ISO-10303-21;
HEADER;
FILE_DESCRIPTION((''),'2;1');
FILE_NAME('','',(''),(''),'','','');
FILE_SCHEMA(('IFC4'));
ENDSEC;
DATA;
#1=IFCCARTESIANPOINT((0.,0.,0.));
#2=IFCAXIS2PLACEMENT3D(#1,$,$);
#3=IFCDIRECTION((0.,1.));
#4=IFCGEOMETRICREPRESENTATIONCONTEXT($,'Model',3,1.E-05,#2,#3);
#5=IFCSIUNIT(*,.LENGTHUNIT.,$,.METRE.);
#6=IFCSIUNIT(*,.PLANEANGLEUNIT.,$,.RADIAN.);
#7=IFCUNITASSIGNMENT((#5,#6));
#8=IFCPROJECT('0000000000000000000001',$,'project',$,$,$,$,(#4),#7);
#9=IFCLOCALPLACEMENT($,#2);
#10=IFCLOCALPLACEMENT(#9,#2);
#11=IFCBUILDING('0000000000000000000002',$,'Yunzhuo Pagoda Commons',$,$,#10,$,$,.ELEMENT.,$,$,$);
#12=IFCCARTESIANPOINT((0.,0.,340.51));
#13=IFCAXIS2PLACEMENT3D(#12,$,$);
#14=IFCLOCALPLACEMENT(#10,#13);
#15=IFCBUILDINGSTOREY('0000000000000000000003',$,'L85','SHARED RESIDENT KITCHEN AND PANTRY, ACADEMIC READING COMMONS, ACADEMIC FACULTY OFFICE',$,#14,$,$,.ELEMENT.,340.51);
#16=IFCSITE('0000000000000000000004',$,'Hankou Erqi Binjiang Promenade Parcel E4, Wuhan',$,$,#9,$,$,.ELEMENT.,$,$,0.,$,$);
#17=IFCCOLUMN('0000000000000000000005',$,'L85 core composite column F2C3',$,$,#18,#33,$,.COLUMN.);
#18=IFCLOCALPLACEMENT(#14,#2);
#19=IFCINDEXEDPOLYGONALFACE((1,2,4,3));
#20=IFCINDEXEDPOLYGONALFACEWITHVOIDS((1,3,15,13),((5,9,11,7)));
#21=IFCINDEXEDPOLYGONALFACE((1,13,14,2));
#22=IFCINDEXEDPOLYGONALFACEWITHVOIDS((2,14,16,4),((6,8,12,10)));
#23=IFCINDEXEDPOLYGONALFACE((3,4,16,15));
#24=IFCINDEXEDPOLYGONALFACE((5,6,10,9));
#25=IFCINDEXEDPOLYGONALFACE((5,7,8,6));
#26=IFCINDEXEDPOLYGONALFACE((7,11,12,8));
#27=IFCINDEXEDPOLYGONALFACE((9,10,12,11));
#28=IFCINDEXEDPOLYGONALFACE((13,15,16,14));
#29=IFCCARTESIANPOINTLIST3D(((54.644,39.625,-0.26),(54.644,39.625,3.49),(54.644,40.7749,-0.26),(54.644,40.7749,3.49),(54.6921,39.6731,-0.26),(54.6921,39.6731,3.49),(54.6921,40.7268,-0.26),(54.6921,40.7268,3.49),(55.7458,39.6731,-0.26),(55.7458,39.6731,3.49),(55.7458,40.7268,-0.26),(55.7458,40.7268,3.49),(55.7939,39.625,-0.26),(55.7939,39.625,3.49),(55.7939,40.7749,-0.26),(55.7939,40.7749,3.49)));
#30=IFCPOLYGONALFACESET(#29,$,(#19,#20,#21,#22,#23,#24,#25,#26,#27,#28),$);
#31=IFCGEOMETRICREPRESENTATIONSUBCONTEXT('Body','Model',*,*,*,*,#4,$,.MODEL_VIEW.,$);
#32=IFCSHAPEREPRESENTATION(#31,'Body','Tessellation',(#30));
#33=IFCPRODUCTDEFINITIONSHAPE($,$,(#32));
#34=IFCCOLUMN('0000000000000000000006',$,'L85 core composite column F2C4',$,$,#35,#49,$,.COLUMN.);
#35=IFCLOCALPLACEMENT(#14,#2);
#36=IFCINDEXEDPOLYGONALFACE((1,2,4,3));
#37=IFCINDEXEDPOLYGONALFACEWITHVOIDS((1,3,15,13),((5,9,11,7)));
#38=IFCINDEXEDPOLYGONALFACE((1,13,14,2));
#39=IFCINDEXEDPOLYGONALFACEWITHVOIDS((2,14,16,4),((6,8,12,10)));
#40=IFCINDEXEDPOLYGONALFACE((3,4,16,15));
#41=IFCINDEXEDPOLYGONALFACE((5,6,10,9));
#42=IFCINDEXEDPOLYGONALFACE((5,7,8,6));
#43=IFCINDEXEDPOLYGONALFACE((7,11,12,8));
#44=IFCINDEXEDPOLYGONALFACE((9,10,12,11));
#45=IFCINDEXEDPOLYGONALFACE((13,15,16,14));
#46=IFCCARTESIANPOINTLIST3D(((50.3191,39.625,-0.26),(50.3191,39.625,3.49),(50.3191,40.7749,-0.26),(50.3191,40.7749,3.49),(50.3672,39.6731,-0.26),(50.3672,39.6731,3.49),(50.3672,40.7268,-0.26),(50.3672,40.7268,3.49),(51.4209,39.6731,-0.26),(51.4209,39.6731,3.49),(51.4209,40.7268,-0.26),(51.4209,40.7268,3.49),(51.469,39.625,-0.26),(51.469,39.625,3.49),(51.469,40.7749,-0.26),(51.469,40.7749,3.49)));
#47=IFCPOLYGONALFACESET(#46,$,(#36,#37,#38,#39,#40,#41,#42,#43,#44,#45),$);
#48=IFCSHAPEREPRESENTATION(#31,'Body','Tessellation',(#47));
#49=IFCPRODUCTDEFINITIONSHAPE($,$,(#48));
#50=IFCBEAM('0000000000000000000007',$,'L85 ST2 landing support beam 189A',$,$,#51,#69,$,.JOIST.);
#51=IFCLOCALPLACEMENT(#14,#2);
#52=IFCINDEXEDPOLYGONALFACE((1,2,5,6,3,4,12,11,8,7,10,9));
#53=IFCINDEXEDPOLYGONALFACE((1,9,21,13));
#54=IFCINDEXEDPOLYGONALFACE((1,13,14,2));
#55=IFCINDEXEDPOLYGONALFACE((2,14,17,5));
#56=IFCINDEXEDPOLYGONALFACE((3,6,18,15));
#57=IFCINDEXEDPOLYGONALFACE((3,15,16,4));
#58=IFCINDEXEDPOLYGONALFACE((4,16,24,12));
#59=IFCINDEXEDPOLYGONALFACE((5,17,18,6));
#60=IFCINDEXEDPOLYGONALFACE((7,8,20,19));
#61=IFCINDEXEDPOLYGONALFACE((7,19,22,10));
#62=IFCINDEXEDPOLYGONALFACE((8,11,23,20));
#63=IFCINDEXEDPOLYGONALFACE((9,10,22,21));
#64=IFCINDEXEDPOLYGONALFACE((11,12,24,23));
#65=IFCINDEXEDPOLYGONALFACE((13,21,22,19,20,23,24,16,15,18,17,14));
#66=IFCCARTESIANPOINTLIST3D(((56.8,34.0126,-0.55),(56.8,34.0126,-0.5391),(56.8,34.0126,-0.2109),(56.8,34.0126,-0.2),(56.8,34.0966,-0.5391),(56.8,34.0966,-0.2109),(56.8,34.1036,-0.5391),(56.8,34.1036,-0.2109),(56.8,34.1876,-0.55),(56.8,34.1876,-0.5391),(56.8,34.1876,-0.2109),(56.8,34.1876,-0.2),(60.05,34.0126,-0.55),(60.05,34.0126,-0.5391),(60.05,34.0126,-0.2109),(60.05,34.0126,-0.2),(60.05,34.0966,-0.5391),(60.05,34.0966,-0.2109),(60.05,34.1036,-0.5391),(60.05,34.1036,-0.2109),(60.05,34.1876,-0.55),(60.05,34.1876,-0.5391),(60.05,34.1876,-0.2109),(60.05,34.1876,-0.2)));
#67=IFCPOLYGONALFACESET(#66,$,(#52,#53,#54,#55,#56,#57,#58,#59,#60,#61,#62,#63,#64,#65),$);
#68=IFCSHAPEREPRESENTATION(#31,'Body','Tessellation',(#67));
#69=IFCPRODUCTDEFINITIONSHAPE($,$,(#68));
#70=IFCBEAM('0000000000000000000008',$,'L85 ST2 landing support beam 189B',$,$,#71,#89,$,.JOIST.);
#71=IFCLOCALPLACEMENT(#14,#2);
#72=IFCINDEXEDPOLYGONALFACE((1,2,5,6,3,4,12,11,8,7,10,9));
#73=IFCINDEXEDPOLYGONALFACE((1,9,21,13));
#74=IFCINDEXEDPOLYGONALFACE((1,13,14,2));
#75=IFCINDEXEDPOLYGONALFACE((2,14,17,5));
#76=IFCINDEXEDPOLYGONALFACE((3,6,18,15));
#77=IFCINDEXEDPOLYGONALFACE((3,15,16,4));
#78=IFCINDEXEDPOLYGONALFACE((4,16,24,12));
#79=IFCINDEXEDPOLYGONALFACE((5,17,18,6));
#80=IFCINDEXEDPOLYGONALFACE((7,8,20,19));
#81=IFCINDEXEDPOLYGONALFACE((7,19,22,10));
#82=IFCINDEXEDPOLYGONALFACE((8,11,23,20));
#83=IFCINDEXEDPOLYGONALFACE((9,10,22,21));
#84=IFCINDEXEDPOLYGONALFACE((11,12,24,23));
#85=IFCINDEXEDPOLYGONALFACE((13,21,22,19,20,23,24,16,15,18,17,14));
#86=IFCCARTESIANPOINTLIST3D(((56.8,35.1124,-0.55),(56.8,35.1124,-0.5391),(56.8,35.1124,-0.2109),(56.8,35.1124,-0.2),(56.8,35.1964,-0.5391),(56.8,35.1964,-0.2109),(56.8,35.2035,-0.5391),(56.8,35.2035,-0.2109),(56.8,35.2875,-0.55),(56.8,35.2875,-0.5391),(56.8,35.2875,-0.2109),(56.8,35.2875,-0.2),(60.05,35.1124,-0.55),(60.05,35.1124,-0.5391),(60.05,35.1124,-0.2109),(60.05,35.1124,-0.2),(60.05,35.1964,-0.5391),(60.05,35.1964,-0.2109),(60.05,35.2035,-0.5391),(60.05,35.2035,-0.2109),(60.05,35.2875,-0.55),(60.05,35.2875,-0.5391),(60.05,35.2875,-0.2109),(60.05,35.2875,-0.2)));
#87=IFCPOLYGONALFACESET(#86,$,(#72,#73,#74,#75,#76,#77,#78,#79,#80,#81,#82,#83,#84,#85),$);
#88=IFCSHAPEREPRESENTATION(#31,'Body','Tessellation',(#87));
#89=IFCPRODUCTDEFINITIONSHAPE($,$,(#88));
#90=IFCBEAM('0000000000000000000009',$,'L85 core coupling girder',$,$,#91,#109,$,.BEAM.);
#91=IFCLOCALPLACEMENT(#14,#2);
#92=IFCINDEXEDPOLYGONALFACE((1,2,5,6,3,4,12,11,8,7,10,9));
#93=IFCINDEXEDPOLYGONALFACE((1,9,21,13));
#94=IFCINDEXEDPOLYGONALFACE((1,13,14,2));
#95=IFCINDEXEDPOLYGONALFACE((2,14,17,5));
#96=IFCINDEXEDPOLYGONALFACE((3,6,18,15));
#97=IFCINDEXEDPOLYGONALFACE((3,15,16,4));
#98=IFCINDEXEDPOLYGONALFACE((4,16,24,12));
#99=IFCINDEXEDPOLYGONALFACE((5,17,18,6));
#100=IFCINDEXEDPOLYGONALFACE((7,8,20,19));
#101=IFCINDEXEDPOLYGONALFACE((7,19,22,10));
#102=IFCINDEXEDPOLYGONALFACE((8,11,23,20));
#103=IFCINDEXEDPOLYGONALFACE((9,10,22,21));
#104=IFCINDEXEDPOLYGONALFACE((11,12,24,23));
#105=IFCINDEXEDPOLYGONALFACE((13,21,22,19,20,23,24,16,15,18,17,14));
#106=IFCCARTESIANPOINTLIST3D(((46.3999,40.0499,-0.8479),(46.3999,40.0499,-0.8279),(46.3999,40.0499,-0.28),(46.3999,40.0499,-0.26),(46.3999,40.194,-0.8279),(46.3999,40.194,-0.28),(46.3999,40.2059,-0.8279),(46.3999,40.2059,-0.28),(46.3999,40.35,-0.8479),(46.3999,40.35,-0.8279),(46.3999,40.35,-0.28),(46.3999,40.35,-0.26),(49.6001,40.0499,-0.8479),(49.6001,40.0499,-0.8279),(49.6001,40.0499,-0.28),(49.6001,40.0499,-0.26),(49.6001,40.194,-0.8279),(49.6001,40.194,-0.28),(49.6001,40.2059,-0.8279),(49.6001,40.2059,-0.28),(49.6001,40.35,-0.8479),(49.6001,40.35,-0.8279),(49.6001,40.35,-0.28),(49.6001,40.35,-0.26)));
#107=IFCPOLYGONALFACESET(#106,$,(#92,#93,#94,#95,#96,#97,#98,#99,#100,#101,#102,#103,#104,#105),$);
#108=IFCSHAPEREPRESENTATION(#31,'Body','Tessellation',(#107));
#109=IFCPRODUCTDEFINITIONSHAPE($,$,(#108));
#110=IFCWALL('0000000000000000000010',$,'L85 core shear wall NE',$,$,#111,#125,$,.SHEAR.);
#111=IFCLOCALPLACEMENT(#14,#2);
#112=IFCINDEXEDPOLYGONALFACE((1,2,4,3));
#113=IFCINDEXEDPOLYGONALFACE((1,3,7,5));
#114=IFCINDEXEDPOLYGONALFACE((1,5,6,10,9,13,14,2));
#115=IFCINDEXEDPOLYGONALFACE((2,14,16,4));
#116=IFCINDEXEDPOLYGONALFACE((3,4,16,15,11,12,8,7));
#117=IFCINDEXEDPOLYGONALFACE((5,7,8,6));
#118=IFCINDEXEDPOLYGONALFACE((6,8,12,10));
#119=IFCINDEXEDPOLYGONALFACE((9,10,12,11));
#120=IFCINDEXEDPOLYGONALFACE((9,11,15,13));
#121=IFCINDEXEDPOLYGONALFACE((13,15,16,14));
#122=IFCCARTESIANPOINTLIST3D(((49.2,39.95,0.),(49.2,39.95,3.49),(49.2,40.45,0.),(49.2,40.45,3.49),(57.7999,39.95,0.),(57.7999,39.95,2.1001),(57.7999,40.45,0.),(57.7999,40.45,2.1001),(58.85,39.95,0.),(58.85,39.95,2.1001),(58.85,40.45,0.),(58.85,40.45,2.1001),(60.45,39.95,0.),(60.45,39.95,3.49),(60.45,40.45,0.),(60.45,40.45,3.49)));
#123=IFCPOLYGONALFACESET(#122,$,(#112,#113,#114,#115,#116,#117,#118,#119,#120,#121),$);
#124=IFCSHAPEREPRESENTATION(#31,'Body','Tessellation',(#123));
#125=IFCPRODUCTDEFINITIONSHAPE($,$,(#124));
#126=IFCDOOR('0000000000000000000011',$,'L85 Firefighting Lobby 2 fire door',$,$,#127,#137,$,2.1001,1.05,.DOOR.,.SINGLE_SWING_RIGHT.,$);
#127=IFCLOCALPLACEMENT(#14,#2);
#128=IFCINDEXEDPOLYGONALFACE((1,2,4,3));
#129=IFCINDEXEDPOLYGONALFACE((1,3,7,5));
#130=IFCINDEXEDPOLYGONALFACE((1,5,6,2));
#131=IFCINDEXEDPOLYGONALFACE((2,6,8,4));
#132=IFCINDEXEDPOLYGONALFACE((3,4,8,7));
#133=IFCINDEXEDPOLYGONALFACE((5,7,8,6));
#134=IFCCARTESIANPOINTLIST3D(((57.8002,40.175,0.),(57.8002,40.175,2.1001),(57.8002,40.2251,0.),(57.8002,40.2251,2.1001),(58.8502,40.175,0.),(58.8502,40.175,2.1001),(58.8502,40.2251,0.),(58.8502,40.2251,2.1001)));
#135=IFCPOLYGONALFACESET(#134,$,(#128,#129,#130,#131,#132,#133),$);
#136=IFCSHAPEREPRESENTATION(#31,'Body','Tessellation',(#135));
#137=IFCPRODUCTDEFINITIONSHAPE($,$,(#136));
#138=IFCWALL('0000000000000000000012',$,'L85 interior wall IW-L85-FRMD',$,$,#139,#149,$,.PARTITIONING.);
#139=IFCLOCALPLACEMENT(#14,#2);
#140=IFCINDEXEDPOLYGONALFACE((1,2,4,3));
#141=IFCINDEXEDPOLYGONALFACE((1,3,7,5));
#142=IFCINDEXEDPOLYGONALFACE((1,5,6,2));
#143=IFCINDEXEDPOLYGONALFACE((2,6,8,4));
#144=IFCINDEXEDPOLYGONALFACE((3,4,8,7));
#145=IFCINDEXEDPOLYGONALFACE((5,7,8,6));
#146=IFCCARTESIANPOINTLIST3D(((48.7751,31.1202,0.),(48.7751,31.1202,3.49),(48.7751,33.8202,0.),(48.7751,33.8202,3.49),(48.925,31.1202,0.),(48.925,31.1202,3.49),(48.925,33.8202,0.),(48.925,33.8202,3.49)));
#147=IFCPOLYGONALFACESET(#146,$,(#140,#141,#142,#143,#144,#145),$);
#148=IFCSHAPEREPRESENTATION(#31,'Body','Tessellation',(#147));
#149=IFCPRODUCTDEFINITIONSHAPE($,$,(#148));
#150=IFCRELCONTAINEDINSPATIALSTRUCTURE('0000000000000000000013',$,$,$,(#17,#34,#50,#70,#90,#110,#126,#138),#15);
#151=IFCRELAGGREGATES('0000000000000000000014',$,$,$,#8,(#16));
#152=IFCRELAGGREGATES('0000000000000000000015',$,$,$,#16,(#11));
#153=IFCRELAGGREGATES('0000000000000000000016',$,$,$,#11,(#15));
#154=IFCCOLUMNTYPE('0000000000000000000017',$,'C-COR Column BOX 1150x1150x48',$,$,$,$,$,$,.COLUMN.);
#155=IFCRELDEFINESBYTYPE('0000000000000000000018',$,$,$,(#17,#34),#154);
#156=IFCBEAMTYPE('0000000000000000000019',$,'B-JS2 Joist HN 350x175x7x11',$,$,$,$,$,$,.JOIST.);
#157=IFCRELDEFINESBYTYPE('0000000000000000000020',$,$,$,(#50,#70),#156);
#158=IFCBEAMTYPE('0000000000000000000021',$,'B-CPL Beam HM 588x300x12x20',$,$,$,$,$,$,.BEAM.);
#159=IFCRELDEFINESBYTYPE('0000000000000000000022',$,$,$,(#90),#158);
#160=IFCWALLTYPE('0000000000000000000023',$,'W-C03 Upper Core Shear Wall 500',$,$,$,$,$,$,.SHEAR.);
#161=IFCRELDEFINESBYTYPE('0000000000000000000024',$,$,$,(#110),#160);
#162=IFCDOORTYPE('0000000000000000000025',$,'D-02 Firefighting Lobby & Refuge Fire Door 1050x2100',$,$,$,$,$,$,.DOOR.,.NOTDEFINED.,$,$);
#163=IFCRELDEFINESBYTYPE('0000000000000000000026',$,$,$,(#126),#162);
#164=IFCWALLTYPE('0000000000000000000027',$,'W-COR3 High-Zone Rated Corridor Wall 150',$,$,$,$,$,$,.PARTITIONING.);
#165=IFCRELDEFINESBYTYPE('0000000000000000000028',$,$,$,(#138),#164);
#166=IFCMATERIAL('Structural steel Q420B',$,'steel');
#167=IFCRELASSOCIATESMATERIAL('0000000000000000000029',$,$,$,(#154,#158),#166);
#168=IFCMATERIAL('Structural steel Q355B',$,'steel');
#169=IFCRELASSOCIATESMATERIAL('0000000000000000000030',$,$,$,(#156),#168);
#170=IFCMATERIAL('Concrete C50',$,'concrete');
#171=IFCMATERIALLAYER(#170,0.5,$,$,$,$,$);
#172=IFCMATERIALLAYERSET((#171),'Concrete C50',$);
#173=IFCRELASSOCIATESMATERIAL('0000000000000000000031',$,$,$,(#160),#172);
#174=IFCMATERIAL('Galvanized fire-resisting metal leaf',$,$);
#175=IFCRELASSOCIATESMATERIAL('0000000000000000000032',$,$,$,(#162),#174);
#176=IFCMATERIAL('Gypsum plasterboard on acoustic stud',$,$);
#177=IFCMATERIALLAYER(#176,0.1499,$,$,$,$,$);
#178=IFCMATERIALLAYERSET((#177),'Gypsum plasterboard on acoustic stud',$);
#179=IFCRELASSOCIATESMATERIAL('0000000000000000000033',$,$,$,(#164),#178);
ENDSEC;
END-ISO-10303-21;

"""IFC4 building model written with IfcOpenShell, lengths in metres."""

from ifc_helpers import new_model, si_unit, direction, frame, frame_2d, origin, origin_2d, place, context, subcontext, project, spatial, rectangle, hollow_rectangle, i_section, extrude, source, transform, mapped, material, layer, layer_set, material_profile, profile_set, type_object, element, fill, save


model = new_model("IFC4")

# Units and contexts
model_context = context("Model", 3, precision=1e-05, world=origin(), true_north=direction((0.0, 1.0)))
body_context = subcontext(model_context, "Body", "Model", "MODEL_VIEW")
ifc_project = project(units=[si_unit("LENGTHUNIT", "METRE"), si_unit("PLANEANGLEUNIT", "RADIAN")], contexts=[model_context])

# Site, building, storey
site_placement = place(None, origin())
site = spatial("IfcSite", under=ifc_project, at=site_placement, Name="Hankou Erqi Binjiang Promenade Parcel E4, Wuhan", CompositionType="ELEMENT", RefElevation=0.0)
building_placement = place(site_placement, origin())
building = spatial("IfcBuilding", under=site, at=building_placement, Name="Yunzhuo Pagoda Commons", CompositionType="ELEMENT")
storey_placement = place(building_placement, frame((0.0, 0.0, 340.51)))
storey = spatial("IfcBuildingStorey", under=building, at=storey_placement, Name="L85", Description="SHARED RESIDENT KITCHEN AND PANTRY, ACADEMIC READING COMMONS, ACADEMIC FACULTY OFFICE", CompositionType="ELEMENT", Elevation=340.51)

# Columns
ifc_material_1 = material(Name="Structural steel Q420B", Category="steel")
ifc_material_profile_1 = material_profile(ifc_material_1, hollow_rectangle(XDim=1.1499, YDim=1.1499, WallThickness=0.0481, at=origin_2d()), Name="Structural steel Q420B")
ifc_profile_set_1 = profile_set([ifc_material_profile_1], Name="Structural steel Q420B")
column_type = type_object("IfcColumnType", Name="C-COR Column BOX 1150x1150x48", PredefinedType="COLUMN", material=ifc_profile_set_1)
shared_shape_1 = source(origin(), body_context, "Body", "SweptSolid", [
    extrude(hollow_rectangle(XDim=1.1499, YDim=1.1499, WallThickness=0.0481, at=origin_2d()), origin(), (0.0, 0.0, 1.0), 3.75),
])
for number, where, z_axis, x_axis, name in (
    (1, (55.219, 40.2, -0.26), (0.0, 0.0, 1.0), (1.0, 0.0, 0.0), "L85 core composite column F2C3"),
    (2, (50.894, 40.2, -0.26), (0.0, 0.0, 1.0), (1.0, 0.0, 0.0), "L85 core composite column F2C4"),
):
    element("IfcColumn", number, at=place(storey_placement, frame(where, z_axis=z_axis, x_axis=x_axis)), inside=storey, type_object=column_type, Name=name, PredefinedType="COLUMN", context=body_context, shape_type="MappedRepresentation", body=[
        mapped(shared_shape_1, transform((0.0, 0.0, 0.0), scale=1.0)),
    ])

# Beams
ifc_material_2 = material(Name="Structural steel Q355B", Category="steel")
ifc_material_profile_2 = material_profile(ifc_material_2, i_section(OverallWidth=0.175, OverallDepth=0.3501, WebThickness=0.0071, FlangeThickness=0.011, at=origin_2d()), Name="Structural steel Q355B")
ifc_profile_set_2 = profile_set([ifc_material_profile_2], Name="Structural steel Q355B")
beam_type_1 = type_object("IfcBeamType", Name="B-JS2 Joist HN 350x175x7x11", PredefinedType="JOIST", material=ifc_profile_set_2)
shared_shape_2 = source(origin(), body_context, "Body", "SweptSolid", [
    extrude(i_section(OverallWidth=0.175, OverallDepth=0.3501, WebThickness=0.0071, FlangeThickness=0.011, at=origin_2d()), origin(), (0.0, 0.0, 1.0), 3.25),
])
for number, where, z_axis, x_axis, name in (
    (3, (56.8, 34.1001, -0.375), (1.0, 0.0, 0.0), (0.0, 1.0, 0.0), "L85 ST2 landing support beam 189A"),
    (4, (56.8, 35.2, -0.375), (1.0, 0.0, 0.0), (0.0, 1.0, 0.0), "L85 ST2 landing support beam 189B"),
):
    element("IfcBeam", number, at=place(storey_placement, frame(where, z_axis=z_axis, x_axis=x_axis)), inside=storey, type_object=beam_type_1, Name=name, PredefinedType="JOIST", context=body_context, shape_type="MappedRepresentation", body=[
        mapped(shared_shape_2, transform((0.0, 0.0, 0.0), scale=1.0)),
    ])
ifc_material_profile_3 = material_profile(ifc_material_1, i_section(OverallWidth=0.3, OverallDepth=0.5879, WebThickness=0.012, FlangeThickness=0.02, at=origin_2d()), Name="Structural steel Q420B")
ifc_profile_set_3 = profile_set([ifc_material_profile_3], Name="Structural steel Q420B")
beam_type_2 = type_object("IfcBeamType", Name="B-CPL Beam HM 588x300x12x20", PredefinedType="BEAM", material=ifc_profile_set_3)
shared_shape_3 = source(origin(), body_context, "Body", "SweptSolid", [
    extrude(i_section(OverallWidth=0.3, OverallDepth=0.5879, WebThickness=0.012, FlangeThickness=0.02, at=origin_2d()), origin(), (0.0, 0.0, 1.0), 3.2002),
])
beam_placement = place(storey_placement, frame((46.3999, 40.2, -0.554), z_axis=(1.0, 0.0, 0.0), x_axis=(0.0, 1.0, 0.0)))
element("IfcBeam", 5, at=beam_placement, inside=storey, type_object=beam_type_2, Name="L85 core coupling girder", PredefinedType="BEAM", context=body_context, shape_type="MappedRepresentation", body=[
    mapped(shared_shape_3, transform((0.0, 0.0, 0.0), scale=1.0)),
])

# Wall, opening, door
ifc_material_3 = material(Name="Concrete C50", Category="concrete")
ifc_layer_1 = layer(ifc_material_3, 0.5)
ifc_layer_set_1 = layer_set([ifc_layer_1], Name="Concrete C50")
wall_type_1 = type_object("IfcWallType", Name="W-C03 Upper Core Shear Wall 500", PredefinedType="SHEAR", material=ifc_layer_set_1)
wall_1_placement = place(storey_placement, frame((49.2, 40.2, 0.0), z_axis=(0.0, 0.0, 1.0), x_axis=(1.0, 0.0, 0.0)))
wall_1 = element("IfcWall", 6, at=wall_1_placement, inside=storey, type_object=wall_type_1, Name="L85 core shear wall NE", PredefinedType="SHEAR", context=body_context, shape_type="SweptSolid", body=[
    extrude(rectangle(XDim=11.25, YDim=0.5, at=frame_2d((5.625, 0.0))), origin(), (0.0, 0.0, 1.0), 3.49),
])
opening_1_placement = place(wall_1_placement, frame((8.6001, 0.0, 0.0)))
opening_1 = element("IfcOpeningElement", 7, at=opening_1_placement, cuts=wall_1, PredefinedType="OPENING", context=body_context, shape_type="SweptSolid", body=[
    extrude(rectangle(XDim=1.05, YDim=2.1001, at=frame_2d((0.5249, 1.05))), frame((0.0, 0.26, 0.0), z_axis=(0.0, -1.0, 0.0), x_axis=(1.0, 0.0, 0.0)), (0.0, 0.0, 1.0), 0.52),
])
ifc_material_4 = material(Name="Galvanized fire-resisting metal leaf")
door_type_1 = type_object("IfcDoorType", Name="D-02 Firefighting Lobby & Refuge Fire Door 1050x2100", OperationType="NOTDEFINED", PredefinedType="DOOR", material=ifc_material_4)
shared_shape_4 = source(origin(), body_context, "Body", "SweptSolid", [
    extrude(rectangle(XDim=1.05, YDim=2.1001, at=frame_2d((0.5249, 1.05))), frame((0.0, 0.0249, 0.0), z_axis=(0.0, -1.0, 0.0), x_axis=(1.0, 0.0, 0.0)), (0.0, 0.0, 1.0), 0.05),
])
door_1_placement = place(opening_1_placement, frame((1.05, 0.0, 0.0), z_axis=(0.0, 0.0, 1.0), x_axis=(-1.0, 0.0, 0.0)))
door_1 = element("IfcDoor", 8, at=door_1_placement, inside=storey, type_object=door_type_1, Name="L85 Firefighting Lobby 2 fire door", OperationType="SINGLE_SWING_RIGHT", OverallHeight=2.1001, OverallWidth=1.05, PredefinedType="DOOR", context=body_context, shape_type="MappedRepresentation", body=[
    mapped(shared_shape_4, transform((0.0, 0.0, 0.0), scale=1.0)),
])
fill(opening_1, door_1)

# Wall
ifc_material_5 = material(Name="Gypsum plasterboard on acoustic stud")
ifc_layer_2 = layer(ifc_material_5, 0.1499)
ifc_layer_set_2 = layer_set([ifc_layer_2], Name="Gypsum plasterboard on acoustic stud")
wall_type_2 = type_object("IfcWallType", Name="W-COR3 High-Zone Rated Corridor Wall 150", PredefinedType="PARTITIONING", material=ifc_layer_set_2)
wall_2_placement = place(storey_placement, frame((48.8501, 31.1201, 0.0), z_axis=(0.0, 0.0, 1.0), x_axis=(0.0, 1.0, 0.0)))
element("IfcWall", 9, at=wall_2_placement, inside=storey, type_object=wall_type_2, Name="L85 interior wall IW-L85-FRMD", PredefinedType="PARTITIONING", context=body_context, shape_type="SweptSolid", body=[
    extrude(rectangle(XDim=2.7, YDim=0.1499, at=frame_2d((1.3501, 0.0))), origin(), (0.0, 0.0, 1.0), 3.49),
])

save(model, "model.ifc")
